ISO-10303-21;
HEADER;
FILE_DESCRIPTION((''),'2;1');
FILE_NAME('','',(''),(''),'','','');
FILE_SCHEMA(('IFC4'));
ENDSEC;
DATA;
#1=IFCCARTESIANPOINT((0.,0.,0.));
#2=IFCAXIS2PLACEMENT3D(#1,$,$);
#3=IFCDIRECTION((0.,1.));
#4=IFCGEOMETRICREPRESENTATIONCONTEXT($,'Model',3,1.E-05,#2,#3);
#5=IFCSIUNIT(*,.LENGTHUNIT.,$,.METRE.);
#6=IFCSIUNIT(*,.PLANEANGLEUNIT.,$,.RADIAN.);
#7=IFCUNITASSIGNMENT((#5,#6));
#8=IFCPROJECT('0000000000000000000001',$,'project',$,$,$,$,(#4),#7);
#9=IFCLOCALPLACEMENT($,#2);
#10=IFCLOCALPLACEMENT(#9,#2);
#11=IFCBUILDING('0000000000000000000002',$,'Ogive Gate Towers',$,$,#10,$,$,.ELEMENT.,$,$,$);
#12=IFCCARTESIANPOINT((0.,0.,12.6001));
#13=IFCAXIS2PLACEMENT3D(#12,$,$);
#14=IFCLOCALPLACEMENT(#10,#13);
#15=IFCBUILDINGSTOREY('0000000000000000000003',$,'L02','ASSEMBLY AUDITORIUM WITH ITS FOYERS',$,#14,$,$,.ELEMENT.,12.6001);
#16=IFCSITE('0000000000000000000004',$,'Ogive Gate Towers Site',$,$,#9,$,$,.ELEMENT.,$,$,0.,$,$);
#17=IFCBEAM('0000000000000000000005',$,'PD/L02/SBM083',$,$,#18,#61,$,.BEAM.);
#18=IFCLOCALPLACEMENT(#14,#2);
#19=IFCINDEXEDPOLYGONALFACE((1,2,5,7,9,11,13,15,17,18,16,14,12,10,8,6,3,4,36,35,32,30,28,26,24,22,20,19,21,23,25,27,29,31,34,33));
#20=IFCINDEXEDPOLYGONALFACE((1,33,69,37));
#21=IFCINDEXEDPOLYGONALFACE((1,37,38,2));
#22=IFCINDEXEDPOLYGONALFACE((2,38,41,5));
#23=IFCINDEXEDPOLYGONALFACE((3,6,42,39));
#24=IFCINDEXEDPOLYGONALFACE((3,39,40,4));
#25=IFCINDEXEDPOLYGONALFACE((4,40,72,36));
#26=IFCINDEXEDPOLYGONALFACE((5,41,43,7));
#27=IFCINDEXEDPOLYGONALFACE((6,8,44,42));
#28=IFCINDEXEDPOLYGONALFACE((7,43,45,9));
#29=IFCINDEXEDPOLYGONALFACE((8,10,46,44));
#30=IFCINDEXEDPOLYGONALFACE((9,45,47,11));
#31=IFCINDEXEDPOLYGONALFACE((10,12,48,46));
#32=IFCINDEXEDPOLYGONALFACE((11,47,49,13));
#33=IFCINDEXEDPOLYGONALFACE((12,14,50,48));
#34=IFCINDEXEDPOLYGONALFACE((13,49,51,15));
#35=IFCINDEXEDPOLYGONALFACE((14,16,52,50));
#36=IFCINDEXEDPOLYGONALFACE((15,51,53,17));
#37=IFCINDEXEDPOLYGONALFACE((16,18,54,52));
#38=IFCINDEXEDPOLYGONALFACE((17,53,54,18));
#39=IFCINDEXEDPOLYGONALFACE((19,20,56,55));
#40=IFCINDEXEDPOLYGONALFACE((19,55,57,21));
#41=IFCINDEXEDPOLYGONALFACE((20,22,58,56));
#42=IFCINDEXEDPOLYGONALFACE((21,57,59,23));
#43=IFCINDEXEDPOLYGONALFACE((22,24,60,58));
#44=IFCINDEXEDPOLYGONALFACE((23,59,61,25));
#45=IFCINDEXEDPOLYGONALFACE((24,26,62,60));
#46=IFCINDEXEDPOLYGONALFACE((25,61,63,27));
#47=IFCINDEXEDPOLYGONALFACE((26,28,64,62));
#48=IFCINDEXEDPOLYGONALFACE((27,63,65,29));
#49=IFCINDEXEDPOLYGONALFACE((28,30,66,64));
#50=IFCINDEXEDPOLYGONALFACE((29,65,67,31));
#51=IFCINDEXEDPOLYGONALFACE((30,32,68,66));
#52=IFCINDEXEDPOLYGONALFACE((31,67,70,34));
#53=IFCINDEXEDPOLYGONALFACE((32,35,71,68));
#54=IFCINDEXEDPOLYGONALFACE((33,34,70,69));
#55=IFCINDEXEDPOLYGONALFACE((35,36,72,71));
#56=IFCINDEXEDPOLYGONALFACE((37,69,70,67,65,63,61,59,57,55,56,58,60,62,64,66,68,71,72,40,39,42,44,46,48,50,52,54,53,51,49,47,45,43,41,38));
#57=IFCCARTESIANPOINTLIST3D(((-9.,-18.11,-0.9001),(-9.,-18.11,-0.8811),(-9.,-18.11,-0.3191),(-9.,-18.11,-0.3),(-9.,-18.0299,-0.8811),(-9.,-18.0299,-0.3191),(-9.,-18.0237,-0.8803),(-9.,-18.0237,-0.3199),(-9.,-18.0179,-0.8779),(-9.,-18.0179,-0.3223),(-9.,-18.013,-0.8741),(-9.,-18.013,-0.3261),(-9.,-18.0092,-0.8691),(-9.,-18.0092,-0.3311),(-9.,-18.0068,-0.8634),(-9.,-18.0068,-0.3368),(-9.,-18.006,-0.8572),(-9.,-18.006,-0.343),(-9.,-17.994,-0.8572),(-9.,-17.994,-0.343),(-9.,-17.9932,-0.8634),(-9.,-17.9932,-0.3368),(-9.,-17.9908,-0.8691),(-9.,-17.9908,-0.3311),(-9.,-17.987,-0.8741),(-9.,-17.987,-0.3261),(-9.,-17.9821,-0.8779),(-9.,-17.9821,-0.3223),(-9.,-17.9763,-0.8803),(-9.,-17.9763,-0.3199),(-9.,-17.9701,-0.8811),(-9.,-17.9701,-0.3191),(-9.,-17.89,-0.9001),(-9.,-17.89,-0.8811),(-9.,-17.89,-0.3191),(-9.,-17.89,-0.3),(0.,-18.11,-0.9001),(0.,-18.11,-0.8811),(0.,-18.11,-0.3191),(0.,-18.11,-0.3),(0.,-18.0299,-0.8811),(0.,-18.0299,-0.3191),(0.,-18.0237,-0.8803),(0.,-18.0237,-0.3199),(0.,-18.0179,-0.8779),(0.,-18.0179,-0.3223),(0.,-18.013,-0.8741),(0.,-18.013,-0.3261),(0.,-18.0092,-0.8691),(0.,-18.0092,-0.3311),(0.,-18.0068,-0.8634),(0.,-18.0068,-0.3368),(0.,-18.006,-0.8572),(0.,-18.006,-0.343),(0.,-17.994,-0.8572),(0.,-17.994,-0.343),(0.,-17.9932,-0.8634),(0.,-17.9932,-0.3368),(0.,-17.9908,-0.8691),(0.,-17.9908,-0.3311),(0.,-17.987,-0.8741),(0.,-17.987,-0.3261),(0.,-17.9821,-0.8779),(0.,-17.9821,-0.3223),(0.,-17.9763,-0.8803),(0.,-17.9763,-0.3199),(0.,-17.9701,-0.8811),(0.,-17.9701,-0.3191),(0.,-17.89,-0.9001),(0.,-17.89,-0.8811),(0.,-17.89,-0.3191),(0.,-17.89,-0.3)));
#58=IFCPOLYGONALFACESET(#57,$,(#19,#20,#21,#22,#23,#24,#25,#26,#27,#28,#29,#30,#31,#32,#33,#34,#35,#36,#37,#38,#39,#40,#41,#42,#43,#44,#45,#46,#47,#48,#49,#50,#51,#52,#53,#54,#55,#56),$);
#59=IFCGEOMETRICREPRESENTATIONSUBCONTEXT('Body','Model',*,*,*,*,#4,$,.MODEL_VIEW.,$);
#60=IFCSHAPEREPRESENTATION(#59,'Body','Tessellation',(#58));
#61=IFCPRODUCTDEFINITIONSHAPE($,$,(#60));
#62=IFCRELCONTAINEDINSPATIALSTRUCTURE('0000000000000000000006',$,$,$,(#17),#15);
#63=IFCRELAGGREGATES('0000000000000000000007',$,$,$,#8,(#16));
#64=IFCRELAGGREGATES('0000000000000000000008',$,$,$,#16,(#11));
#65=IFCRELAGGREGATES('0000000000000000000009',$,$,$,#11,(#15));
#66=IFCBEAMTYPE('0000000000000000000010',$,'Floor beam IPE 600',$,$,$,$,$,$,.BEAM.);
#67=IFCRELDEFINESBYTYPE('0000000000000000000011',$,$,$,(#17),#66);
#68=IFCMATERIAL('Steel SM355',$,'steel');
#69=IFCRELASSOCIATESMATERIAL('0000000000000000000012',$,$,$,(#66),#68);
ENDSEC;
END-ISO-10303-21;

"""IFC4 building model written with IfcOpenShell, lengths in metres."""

from ifc_helpers import new_model, si_unit, direction, frame, origin, origin_2d, place, context, subcontext, project, spatial, i_section, extrude, material, material_profile, profile_set, type_object, element, save


model = new_model("IFC4")

# Units and contexts
model_context = context("Model", 3, precision=1e-05, world=origin(), true_north=direction((0.0, 1.0)))
body_context = subcontext(model_context, "Body", "Model", "MODEL_VIEW")
ifc_project = project(units=[si_unit("LENGTHUNIT", "METRE"), si_unit("PLANEANGLEUNIT", "RADIAN")], contexts=[model_context])

# Site, building, storey
site_placement = place(None, origin())
site = spatial("IfcSite", under=ifc_project, at=site_placement, Name="Ogive Gate Towers Site", CompositionType="ELEMENT", RefElevation=0.0)
building_placement = place(site_placement, origin())
building = spatial("IfcBuilding", under=site, at=building_placement, Name="Ogive Gate Towers", CompositionType="ELEMENT")
storey_placement = place(building_placement, frame((0.0, 0.0, 12.6001)))
storey = spatial("IfcBuildingStorey", under=building, at=storey_placement, Name="L02", Description="ASSEMBLY AUDITORIUM WITH ITS FOYERS", CompositionType="ELEMENT", Elevation=12.6001)

# Beam
ifc_material_1 = material(Name="Steel SM355", Category="steel")
ifc_material_profile_1 = material_profile(ifc_material_1, i_section(OverallWidth=0.22, OverallDepth=0.6001, WebThickness=0.012, FlangeThickness=0.019, FilletRadius=0.0239, at=origin_2d()), Name="IPE 600")
ifc_profile_set_1 = profile_set([ifc_material_profile_1], Name="Steel SM355")
beam_type_1 = type_object("IfcBeamType", Name="Floor beam IPE 600", PredefinedType="BEAM", material=ifc_profile_set_1)
beam_1_placement = place(storey_placement, frame((-9.0, -18.0, -0.6001), z_axis=(1.0, 0.0, 0.0), x_axis=(0.0, 1.0, 0.0)))
element("IfcBeam", 1, at=beam_1_placement, inside=storey, type_object=beam_type_1, Name="PD/L02/SBM083", PredefinedType="BEAM", context=body_context, shape_type="SweptSolid", body=[
    extrude(i_section(OverallWidth=0.22, OverallDepth=0.6001, WebThickness=0.012, FlangeThickness=0.019, FilletRadius=0.0239, at=origin_2d()), origin(), (0.0, 0.0, 1.0), 9.0),
])

save(model, "model.ifc")
